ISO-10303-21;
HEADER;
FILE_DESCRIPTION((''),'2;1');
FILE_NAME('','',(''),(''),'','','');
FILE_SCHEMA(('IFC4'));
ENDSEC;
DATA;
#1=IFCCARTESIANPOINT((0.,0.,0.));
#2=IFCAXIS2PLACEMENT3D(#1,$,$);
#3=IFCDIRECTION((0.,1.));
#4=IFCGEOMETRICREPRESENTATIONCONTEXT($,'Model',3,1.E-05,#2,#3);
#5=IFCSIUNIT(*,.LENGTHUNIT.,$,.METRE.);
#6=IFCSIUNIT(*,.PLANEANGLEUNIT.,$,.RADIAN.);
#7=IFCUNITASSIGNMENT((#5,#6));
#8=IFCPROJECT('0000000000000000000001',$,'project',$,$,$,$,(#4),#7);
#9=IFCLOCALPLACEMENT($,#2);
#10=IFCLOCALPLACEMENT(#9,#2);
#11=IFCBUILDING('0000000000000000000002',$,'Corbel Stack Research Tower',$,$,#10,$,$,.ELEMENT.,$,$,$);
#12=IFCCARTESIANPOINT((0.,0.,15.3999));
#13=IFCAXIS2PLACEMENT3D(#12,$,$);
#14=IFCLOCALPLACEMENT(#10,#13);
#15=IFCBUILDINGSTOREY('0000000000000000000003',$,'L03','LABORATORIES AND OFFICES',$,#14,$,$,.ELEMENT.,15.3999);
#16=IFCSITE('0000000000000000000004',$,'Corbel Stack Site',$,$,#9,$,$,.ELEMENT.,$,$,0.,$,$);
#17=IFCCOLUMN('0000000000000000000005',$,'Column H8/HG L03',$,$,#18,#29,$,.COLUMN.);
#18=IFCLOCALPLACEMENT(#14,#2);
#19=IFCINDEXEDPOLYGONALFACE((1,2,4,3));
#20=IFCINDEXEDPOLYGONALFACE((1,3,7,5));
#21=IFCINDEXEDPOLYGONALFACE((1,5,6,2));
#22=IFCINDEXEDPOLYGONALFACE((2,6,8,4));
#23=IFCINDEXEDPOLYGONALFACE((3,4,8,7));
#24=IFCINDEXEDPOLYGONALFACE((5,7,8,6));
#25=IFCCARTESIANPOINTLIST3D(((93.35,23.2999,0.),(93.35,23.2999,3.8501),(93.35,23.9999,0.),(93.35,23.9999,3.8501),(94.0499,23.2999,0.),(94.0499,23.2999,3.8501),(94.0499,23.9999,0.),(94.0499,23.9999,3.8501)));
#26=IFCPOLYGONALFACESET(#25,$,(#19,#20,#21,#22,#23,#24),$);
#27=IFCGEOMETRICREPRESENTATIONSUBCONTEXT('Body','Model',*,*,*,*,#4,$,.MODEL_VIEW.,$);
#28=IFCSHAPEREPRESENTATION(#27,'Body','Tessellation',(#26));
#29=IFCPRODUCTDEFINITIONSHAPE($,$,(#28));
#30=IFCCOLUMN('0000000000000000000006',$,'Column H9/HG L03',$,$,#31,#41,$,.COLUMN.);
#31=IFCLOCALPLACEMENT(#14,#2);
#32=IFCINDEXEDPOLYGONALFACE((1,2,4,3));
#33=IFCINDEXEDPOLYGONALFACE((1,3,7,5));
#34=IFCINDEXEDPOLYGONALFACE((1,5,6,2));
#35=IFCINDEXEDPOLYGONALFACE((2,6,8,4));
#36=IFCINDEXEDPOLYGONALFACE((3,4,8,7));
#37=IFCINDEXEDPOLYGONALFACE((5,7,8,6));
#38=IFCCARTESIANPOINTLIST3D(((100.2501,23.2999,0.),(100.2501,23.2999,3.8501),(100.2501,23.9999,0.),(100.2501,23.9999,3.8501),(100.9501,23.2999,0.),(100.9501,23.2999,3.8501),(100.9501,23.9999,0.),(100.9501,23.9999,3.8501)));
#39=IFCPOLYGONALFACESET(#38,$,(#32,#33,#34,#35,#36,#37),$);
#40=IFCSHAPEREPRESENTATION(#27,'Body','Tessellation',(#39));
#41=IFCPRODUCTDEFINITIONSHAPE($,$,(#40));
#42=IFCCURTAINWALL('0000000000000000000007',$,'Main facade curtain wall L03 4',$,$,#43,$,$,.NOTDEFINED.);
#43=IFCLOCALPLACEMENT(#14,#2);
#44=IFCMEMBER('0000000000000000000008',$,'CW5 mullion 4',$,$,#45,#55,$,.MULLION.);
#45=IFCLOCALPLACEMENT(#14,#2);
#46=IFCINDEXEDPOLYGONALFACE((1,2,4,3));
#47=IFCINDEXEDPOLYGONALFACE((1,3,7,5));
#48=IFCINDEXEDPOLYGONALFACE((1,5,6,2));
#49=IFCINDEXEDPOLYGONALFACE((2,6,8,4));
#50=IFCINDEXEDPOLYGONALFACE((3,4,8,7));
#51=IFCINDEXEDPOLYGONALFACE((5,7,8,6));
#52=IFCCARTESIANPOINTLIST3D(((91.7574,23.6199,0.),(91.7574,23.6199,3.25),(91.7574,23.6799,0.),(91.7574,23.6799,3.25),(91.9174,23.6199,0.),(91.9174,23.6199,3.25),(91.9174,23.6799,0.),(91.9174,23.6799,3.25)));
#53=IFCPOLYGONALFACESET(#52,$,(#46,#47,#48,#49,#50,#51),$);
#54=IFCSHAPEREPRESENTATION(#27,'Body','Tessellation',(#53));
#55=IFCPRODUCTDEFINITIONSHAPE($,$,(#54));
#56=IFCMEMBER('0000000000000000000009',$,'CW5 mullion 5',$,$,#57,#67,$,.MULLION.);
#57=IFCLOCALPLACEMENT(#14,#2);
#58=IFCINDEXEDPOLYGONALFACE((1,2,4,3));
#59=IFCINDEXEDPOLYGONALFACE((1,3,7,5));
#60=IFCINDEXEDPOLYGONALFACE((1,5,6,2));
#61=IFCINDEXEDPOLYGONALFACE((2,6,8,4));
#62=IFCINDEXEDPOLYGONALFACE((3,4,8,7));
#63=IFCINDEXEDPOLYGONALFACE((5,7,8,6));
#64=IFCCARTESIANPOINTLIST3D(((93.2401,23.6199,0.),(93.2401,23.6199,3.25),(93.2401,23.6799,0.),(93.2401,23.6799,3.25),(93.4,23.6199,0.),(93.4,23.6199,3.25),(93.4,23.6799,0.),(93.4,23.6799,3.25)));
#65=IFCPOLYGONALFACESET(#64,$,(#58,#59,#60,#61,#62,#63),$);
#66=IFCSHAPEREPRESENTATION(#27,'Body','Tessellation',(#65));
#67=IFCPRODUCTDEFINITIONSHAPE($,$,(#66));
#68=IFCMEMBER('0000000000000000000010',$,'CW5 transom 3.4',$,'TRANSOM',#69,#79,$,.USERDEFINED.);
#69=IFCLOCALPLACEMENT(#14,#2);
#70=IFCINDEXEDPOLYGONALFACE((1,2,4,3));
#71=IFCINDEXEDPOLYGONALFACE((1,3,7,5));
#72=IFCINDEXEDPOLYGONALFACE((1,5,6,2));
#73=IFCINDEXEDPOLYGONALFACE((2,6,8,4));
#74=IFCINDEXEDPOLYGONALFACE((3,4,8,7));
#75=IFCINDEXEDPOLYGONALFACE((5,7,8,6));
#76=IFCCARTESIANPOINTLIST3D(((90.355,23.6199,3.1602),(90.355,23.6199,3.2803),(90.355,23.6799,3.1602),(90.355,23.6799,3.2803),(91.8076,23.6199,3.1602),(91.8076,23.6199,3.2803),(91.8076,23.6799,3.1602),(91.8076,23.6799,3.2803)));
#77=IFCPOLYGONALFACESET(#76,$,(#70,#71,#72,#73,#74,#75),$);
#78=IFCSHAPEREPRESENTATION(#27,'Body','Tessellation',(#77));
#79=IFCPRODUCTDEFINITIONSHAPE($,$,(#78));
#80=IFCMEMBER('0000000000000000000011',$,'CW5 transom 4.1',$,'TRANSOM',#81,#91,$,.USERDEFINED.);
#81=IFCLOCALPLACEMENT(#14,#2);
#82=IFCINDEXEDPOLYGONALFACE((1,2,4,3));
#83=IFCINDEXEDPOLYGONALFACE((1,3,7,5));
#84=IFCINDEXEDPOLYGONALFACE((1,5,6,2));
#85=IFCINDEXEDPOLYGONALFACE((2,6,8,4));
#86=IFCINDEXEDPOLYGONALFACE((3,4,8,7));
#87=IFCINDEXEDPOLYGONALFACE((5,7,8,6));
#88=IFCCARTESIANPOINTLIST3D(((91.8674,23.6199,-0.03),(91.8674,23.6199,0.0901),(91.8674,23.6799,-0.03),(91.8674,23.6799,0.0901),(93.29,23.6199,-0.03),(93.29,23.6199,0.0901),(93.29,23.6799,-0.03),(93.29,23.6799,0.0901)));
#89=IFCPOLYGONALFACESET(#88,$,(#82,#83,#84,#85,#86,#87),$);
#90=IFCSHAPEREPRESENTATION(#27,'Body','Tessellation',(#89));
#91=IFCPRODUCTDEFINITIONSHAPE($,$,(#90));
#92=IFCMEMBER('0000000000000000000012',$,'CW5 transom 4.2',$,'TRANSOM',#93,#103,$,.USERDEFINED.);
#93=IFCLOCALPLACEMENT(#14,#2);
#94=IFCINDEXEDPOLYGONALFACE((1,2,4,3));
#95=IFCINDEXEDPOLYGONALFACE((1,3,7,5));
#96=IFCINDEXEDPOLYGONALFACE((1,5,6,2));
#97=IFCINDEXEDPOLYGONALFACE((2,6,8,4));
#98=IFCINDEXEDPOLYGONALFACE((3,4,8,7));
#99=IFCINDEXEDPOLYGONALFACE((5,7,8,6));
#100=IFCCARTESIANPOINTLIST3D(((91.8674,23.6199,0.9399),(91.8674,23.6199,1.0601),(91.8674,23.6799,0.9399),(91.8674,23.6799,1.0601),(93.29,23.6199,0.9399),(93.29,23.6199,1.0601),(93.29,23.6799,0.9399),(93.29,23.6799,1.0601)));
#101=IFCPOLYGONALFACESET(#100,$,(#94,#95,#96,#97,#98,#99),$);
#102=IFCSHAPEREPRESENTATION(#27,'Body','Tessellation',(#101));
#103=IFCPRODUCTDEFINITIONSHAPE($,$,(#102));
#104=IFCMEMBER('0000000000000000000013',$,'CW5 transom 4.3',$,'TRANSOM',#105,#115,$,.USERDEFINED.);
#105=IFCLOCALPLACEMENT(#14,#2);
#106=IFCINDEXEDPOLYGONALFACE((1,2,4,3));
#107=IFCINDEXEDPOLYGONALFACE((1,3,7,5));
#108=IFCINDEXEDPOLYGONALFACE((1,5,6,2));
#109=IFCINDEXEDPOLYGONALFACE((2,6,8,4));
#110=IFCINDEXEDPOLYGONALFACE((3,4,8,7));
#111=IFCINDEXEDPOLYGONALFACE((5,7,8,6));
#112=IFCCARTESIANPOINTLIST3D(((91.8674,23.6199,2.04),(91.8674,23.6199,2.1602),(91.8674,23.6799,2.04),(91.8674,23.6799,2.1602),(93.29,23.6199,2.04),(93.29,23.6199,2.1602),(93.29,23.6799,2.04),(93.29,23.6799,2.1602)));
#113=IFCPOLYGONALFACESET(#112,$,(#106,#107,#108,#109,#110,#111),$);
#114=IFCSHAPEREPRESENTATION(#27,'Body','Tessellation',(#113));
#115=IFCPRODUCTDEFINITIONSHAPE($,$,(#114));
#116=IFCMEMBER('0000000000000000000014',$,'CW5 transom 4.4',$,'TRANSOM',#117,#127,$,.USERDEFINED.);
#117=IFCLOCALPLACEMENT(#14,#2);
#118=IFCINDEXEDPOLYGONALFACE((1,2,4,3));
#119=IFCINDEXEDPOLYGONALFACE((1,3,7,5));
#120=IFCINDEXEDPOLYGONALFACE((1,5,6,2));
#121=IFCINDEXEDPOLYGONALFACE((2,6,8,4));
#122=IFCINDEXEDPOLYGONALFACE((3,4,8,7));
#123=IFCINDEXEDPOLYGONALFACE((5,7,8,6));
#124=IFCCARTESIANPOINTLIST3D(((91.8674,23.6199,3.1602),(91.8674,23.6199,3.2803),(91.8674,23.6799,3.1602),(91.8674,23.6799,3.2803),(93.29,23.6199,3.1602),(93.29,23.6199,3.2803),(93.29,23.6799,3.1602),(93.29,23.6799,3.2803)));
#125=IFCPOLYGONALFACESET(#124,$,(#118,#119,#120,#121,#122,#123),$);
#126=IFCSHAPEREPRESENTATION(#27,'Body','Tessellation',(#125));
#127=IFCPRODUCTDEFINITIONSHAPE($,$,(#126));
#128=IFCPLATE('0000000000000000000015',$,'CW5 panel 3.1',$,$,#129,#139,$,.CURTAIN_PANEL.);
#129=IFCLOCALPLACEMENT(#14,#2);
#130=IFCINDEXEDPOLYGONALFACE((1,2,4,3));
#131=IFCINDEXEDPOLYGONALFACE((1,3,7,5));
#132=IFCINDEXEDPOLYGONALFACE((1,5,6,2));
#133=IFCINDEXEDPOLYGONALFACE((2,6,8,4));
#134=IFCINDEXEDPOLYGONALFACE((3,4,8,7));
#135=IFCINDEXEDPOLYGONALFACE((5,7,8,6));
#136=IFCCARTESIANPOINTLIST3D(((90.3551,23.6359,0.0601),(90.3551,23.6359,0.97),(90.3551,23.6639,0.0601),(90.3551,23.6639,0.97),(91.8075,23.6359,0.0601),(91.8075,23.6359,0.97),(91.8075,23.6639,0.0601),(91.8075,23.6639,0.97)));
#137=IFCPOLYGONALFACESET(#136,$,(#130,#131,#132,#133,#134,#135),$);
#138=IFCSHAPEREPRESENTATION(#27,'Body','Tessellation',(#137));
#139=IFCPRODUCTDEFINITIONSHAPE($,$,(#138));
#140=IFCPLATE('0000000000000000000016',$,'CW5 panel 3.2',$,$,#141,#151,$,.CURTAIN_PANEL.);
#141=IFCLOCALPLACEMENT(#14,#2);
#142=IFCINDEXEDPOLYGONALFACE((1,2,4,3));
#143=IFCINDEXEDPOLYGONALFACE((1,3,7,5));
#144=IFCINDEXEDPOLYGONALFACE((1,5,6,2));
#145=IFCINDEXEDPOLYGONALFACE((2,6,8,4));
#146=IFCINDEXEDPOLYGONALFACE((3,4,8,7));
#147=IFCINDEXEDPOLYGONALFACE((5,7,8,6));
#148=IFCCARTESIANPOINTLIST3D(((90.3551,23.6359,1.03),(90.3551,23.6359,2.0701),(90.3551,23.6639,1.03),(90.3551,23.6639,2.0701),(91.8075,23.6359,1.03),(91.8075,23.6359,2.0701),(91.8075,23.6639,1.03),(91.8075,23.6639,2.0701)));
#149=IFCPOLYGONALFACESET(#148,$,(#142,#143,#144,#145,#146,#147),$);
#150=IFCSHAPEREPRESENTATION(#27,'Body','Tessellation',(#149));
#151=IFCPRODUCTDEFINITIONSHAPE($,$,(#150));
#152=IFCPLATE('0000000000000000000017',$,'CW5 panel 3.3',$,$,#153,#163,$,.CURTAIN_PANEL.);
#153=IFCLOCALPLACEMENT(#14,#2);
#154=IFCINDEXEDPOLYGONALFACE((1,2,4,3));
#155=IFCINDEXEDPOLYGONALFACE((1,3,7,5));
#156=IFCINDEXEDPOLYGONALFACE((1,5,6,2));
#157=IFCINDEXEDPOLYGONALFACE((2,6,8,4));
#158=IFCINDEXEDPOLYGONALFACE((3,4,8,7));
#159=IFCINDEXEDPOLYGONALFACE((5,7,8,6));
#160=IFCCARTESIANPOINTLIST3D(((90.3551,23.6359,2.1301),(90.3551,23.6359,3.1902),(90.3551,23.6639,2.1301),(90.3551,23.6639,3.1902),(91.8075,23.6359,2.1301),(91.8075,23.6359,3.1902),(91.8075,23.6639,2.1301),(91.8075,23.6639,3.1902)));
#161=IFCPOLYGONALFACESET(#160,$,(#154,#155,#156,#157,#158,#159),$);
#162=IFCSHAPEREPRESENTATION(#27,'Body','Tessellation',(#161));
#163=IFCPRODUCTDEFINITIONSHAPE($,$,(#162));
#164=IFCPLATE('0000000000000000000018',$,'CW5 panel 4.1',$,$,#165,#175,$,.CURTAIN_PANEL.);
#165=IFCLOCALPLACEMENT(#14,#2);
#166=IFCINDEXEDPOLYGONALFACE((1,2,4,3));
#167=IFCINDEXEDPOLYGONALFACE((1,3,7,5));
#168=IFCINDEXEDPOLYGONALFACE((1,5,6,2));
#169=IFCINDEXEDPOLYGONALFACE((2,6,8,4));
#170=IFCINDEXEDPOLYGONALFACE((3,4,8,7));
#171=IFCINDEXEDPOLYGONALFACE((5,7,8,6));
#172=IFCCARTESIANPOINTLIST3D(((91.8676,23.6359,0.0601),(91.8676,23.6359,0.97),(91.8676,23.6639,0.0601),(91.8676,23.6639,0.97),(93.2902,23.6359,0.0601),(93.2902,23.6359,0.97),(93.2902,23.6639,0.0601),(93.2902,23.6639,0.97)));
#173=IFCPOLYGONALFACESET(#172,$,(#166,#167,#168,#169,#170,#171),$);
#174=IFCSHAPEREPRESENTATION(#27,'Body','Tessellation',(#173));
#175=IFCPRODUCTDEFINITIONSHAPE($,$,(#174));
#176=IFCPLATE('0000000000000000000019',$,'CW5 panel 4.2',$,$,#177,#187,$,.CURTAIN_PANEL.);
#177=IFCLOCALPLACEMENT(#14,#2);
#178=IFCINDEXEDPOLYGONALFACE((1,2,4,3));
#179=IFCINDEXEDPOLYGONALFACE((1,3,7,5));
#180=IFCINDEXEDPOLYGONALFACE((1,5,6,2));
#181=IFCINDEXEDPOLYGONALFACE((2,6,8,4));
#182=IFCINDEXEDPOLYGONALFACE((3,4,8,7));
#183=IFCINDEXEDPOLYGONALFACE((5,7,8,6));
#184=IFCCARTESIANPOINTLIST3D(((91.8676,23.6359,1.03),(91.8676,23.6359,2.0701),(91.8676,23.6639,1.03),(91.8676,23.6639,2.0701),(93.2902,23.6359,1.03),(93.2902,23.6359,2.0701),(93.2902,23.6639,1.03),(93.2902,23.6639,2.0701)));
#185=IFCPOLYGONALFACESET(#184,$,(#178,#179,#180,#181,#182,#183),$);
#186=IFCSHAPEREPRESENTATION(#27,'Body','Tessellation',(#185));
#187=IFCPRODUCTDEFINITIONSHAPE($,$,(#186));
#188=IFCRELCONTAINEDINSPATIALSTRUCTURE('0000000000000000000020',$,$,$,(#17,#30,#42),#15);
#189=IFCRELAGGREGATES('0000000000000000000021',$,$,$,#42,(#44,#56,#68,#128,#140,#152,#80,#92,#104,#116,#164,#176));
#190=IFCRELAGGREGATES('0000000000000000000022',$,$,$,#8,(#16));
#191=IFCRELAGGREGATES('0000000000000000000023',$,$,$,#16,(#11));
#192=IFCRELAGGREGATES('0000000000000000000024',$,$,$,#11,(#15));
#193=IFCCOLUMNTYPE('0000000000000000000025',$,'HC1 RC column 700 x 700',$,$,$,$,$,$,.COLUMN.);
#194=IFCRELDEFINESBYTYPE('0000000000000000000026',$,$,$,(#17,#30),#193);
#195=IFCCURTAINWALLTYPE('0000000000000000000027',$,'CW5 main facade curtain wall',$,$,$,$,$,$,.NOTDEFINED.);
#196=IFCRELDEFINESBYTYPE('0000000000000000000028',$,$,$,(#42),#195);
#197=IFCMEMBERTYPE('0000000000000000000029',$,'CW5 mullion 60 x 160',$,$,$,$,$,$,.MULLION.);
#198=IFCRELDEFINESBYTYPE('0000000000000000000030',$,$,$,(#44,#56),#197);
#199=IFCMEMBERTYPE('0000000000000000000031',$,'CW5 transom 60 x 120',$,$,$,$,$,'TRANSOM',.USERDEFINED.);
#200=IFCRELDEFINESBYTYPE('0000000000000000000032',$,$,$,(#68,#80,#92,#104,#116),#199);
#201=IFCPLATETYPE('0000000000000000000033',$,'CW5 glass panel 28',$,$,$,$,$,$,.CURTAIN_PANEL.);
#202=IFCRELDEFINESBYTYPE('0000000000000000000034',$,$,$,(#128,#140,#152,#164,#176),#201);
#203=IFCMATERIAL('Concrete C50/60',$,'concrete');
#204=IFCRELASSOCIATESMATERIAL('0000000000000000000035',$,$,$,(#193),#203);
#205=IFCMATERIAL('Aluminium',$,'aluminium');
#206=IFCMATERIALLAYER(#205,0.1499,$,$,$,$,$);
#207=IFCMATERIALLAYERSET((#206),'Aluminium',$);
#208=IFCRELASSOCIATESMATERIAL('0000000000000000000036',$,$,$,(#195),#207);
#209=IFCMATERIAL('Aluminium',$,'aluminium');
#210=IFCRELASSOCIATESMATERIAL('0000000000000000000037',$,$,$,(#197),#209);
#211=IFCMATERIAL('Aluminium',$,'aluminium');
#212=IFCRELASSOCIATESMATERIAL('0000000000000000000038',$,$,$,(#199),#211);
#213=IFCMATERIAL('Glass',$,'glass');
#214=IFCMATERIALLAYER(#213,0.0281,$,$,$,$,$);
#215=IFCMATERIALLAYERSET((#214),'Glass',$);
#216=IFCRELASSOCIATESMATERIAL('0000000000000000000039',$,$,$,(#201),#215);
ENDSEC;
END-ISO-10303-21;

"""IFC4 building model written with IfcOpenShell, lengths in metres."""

from ifc_helpers import new_model, si_unit, direction, frame, origin, origin_2d, place, context, subcontext, project, spatial, rectangle, extrude, material, layer, layer_set, material_profile, profile_set, type_object, element, aggregate, save


model = new_model("IFC4")

# Units and contexts
model_context = context("Model", 3, precision=1e-05, world=origin(), true_north=direction((0.0, 1.0)))
body_context = subcontext(model_context, "Body", "Model", "MODEL_VIEW")
ifc_project = project(units=[si_unit("LENGTHUNIT", "METRE"), si_unit("PLANEANGLEUNIT", "RADIAN")], contexts=[model_context])

# Site, building, storey
site_placement = place(None, origin())
site = spatial("IfcSite", under=ifc_project, at=site_placement, Name="Corbel Stack Site", CompositionType="ELEMENT", RefElevation=0.0)
building_placement = place(site_placement, origin())
building = spatial("IfcBuilding", under=site, at=building_placement, Name="Corbel Stack Research Tower", CompositionType="ELEMENT")
storey_placement = place(building_placement, frame((0.0, 0.0, 15.3999)))
storey = spatial("IfcBuildingStorey", under=building, at=storey_placement, Name="L03", Description="LABORATORIES AND OFFICES", CompositionType="ELEMENT", Elevation=15.3999)

# Columns
ifc_material_1 = material(Name="Concrete C50/60", Category="concrete")
ifc_material_profile_1 = material_profile(ifc_material_1, rectangle(XDim=0.7, YDim=0.7, at=origin_2d()), Name="RC 700 x 700")
ifc_profile_set_1 = profile_set([ifc_material_profile_1], Name="Concrete C50/60")
column_type = type_object("IfcColumnType", Name="HC1 RC column 700 x 700", PredefinedType="COLUMN", material=ifc_profile_set_1)
for number, where, z_axis, x_axis, name in (
    (1, (93.7, 23.6499, 0.0), (0.0, 0.0, 1.0), (1.0, 0.0, 0.0), "Column H8/HG L03"),
    (2, (100.6001, 23.6499, 0.0), (0.0, 0.0, 1.0), (1.0, 0.0, 0.0), "Column H9/HG L03"),
):
    element("IfcColumn", number, at=place(storey_placement, frame(where, z_axis=z_axis, x_axis=x_axis)), inside=storey, type_object=column_type, Name=name, PredefinedType="COLUMN", context=body_context, shape_type="SweptSolid", body=[
        extrude(rectangle(XDim=0.7, YDim=0.7, at=origin_2d()), origin(), (0.0, 0.0, 1.0), 3.8501),
    ])

# Curtain wall, members, plates
ifc_material_2 = material(Name="Aluminium", Category="aluminium")
ifc_layer_1 = layer(ifc_material_2, 0.1499)
ifc_layer_set_1 = layer_set([ifc_layer_1], Name="Aluminium")
curtain_wall_type = type_object("IfcCurtainWallType", Name="CW5 main facade curtain wall", PredefinedType="NOTDEFINED", material=ifc_layer_set_1)
curtain_wall_placement = place(storey_placement, origin())
curtain_wall = element("IfcCurtainWall", 3, at=curtain_wall_placement, inside=storey, type_object=curtain_wall_type, Name="Main facade curtain wall L03 4", PredefinedType="NOTDEFINED")
ifc_material_3 = material(Name="Aluminium", Category="aluminium")
ifc_material_profile_2 = material_profile(ifc_material_3, rectangle(XDim=0.0601, YDim=0.1599, at=origin_2d()), Name="Mullion 60 x 160")
ifc_profile_set_2 = profile_set([ifc_material_profile_2], Name="Aluminium")
member_type_1 = type_object("IfcMemberType", Name="CW5 mullion 60 x 160", PredefinedType="MULLION", material=ifc_profile_set_2)
member_1_placement = place(storey_placement, frame((91.8374, 23.6499, 0.0), z_axis=(0.0, 0.0, 1.0), x_axis=(0.0, 1.0, 0.0)))
member_1 = element("IfcMember", 4, at=member_1_placement, type_object=member_type_1, Name="CW5 mullion 4", PredefinedType="MULLION", context=body_context, shape_type="SweptSolid", body=[
    extrude(rectangle(XDim=0.0601, YDim=0.1599, at=origin_2d()), origin(), (0.0, 0.0, 1.0), 3.25),
])
member_2_placement = place(storey_placement, frame((93.3201, 23.6499, 0.0), z_axis=(0.0, 0.0, 1.0), x_axis=(0.0, 1.0, 0.0)))
member_2 = element("IfcMember", 5, at=member_2_placement, type_object=member_type_1, Name="CW5 mullion 5", PredefinedType="MULLION", context=body_context, shape_type="SweptSolid", body=[
    extrude(rectangle(XDim=0.0601, YDim=0.1599, at=origin_2d()), origin(), (0.0, 0.0, 1.0), 3.25),
])
ifc_material_4 = material(Name="Aluminium", Category="aluminium")
ifc_material_profile_3 = material_profile(ifc_material_4, rectangle(XDim=0.0601, YDim=0.1201, at=origin_2d()), Name="Transom 60 x 120")
ifc_profile_set_3 = profile_set([ifc_material_profile_3], Name="Aluminium")
member_type_2 = type_object("IfcMemberType", Name="CW5 transom 60 x 120", ElementType="TRANSOM", PredefinedType="USERDEFINED", material=ifc_profile_set_3)
member_3_placement = place(storey_placement, frame((90.355, 23.6499, 3.2202), z_axis=(1.0, 0.0, 0.0), x_axis=(0.0, 1.0, 0.0)))
member_3 = element("IfcMember", 6, at=member_3_placement, type_object=member_type_2, Name="CW5 transom 3.4", ObjectType="TRANSOM", PredefinedType="USERDEFINED", context=body_context, shape_type="SweptSolid", body=[
    extrude(rectangle(XDim=0.0601, YDim=0.1201, at=origin_2d()), origin(), (0.0, 0.0, 1.0), 1.4526),
])
member_4_placement = place(storey_placement, frame((91.8674, 23.6499, 0.03), z_axis=(1.0, 0.0, 0.0), x_axis=(0.0, 1.0, 0.0)))
member_4 = element("IfcMember", 7, at=member_4_placement, type_object=member_type_2, Name="CW5 transom 4.1", ObjectType="TRANSOM", PredefinedType="USERDEFINED", context=body_context, shape_type="SweptSolid", body=[
    extrude(rectangle(XDim=0.0601, YDim=0.1201, at=origin_2d()), origin(), (0.0, 0.0, 1.0), 1.4226),
])
member_5_placement = place(storey_placement, frame((91.8674, 23.6499, 1.0), z_axis=(1.0, 0.0, 0.0), x_axis=(0.0, 1.0, 0.0)))
member_5 = element("IfcMember", 8, at=member_5_placement, type_object=member_type_2, Name="CW5 transom 4.2", ObjectType="TRANSOM", PredefinedType="USERDEFINED", context=body_context, shape_type="SweptSolid", body=[
    extrude(rectangle(XDim=0.0601, YDim=0.1201, at=origin_2d()), origin(), (0.0, 0.0, 1.0), 1.4226),
])
member_6_placement = place(storey_placement, frame((91.8674, 23.6499, 2.1001), z_axis=(1.0, 0.0, 0.0), x_axis=(0.0, 1.0, 0.0)))
member_6 = element("IfcMember", 9, at=member_6_placement, type_object=member_type_2, Name="CW5 transom 4.3", ObjectType="TRANSOM", PredefinedType="USERDEFINED", context=body_context, shape_type="SweptSolid", body=[
    extrude(rectangle(XDim=0.0601, YDim=0.1201, at=origin_2d()), origin(), (0.0, 0.0, 1.0), 1.4226),
])
member_7_placement = place(storey_placement, frame((91.8674, 23.6499, 3.2202), z_axis=(1.0, 0.0, 0.0), x_axis=(0.0, 1.0, 0.0)))
member_7 = element("IfcMember", 10, at=member_7_placement, type_object=member_type_2, Name="CW5 transom 4.4", ObjectType="TRANSOM", PredefinedType="USERDEFINED", context=body_context, shape_type="SweptSolid", body=[
    extrude(rectangle(XDim=0.0601, YDim=0.1201, at=origin_2d()), origin(), (0.0, 0.0, 1.0), 1.4226),
])
ifc_material_5 = material(Name="Glass", Category="glass")
ifc_layer_2 = layer(ifc_material_5, 0.0281)
ifc_layer_set_2 = layer_set([ifc_layer_2], Name="Glass")
plate_type = type_object("IfcPlateType", Name="CW5 glass panel 28", PredefinedType="CURTAIN_PANEL", material=ifc_layer_set_2)
plate_1_placement = place(storey_placement, frame((91.0813, 23.6499, 0.0601), z_axis=(0.0, 0.0, 1.0), x_axis=(1.0, 0.0, 0.0)))
plate_1 = element("IfcPlate", 11, at=plate_1_placement, type_object=plate_type, Name="CW5 panel 3.1", PredefinedType="CURTAIN_PANEL", context=body_context, shape_type="SweptSolid", body=[
    extrude(rectangle(XDim=1.4524, YDim=0.0281, at=origin_2d()), origin(), (0.0, 0.0, 1.0), 0.9099),
])
plate_2_placement = place(storey_placement, frame((91.0813, 23.6499, 1.03), z_axis=(0.0, 0.0, 1.0), x_axis=(1.0, 0.0, 0.0)))
plate_2 = element("IfcPlate", 12, at=plate_2_placement, type_object=plate_type, Name="CW5 panel 3.2", PredefinedType="CURTAIN_PANEL", context=body_context, shape_type="SweptSolid", body=[
    extrude(rectangle(XDim=1.4524, YDim=0.0281, at=origin_2d()), origin(), (0.0, 0.0, 1.0), 1.04),
])
plate_3_placement = place(storey_placement, frame((91.0813, 23.6499, 2.1301), z_axis=(0.0, 0.0, 1.0), x_axis=(1.0, 0.0, 0.0)))
plate_3 = element("IfcPlate", 13, at=plate_3_placement, type_object=plate_type, Name="CW5 panel 3.3", PredefinedType="CURTAIN_PANEL", context=body_context, shape_type="SweptSolid", body=[
    extrude(rectangle(XDim=1.4524, YDim=0.0281, at=origin_2d()), origin(), (0.0, 0.0, 1.0), 1.0601),
])
plate_4_placement = place(storey_placement, frame((92.5789, 23.6499, 0.0601), z_axis=(0.0, 0.0, 1.0), x_axis=(1.0, 0.0, 0.0)))
plate_4 = element("IfcPlate", 14, at=plate_4_placement, type_object=plate_type, Name="CW5 panel 4.1", PredefinedType="CURTAIN_PANEL", context=body_context, shape_type="SweptSolid", body=[
    extrude(rectangle(XDim=1.4226, YDim=0.0281, at=origin_2d()), origin(), (0.0, 0.0, 1.0), 0.9099),
])
plate_5_placement = place(storey_placement, frame((92.5789, 23.6499, 1.03), z_axis=(0.0, 0.0, 1.0), x_axis=(1.0, 0.0, 0.0)))
plate_5 = element("IfcPlate", 15, at=plate_5_placement, type_object=plate_type, Name="CW5 panel 4.2", PredefinedType="CURTAIN_PANEL", context=body_context, shape_type="SweptSolid", body=[
    extrude(rectangle(XDim=1.4226, YDim=0.0281, at=origin_2d()), origin(), (0.0, 0.0, 1.0), 1.04),
])
aggregate(curtain_wall, [member_1, member_2, member_3, plate_1, plate_2, plate_3, member_4, member_5, member_6, member_7, plate_4, plate_5])

save(model, "model.ifc")
